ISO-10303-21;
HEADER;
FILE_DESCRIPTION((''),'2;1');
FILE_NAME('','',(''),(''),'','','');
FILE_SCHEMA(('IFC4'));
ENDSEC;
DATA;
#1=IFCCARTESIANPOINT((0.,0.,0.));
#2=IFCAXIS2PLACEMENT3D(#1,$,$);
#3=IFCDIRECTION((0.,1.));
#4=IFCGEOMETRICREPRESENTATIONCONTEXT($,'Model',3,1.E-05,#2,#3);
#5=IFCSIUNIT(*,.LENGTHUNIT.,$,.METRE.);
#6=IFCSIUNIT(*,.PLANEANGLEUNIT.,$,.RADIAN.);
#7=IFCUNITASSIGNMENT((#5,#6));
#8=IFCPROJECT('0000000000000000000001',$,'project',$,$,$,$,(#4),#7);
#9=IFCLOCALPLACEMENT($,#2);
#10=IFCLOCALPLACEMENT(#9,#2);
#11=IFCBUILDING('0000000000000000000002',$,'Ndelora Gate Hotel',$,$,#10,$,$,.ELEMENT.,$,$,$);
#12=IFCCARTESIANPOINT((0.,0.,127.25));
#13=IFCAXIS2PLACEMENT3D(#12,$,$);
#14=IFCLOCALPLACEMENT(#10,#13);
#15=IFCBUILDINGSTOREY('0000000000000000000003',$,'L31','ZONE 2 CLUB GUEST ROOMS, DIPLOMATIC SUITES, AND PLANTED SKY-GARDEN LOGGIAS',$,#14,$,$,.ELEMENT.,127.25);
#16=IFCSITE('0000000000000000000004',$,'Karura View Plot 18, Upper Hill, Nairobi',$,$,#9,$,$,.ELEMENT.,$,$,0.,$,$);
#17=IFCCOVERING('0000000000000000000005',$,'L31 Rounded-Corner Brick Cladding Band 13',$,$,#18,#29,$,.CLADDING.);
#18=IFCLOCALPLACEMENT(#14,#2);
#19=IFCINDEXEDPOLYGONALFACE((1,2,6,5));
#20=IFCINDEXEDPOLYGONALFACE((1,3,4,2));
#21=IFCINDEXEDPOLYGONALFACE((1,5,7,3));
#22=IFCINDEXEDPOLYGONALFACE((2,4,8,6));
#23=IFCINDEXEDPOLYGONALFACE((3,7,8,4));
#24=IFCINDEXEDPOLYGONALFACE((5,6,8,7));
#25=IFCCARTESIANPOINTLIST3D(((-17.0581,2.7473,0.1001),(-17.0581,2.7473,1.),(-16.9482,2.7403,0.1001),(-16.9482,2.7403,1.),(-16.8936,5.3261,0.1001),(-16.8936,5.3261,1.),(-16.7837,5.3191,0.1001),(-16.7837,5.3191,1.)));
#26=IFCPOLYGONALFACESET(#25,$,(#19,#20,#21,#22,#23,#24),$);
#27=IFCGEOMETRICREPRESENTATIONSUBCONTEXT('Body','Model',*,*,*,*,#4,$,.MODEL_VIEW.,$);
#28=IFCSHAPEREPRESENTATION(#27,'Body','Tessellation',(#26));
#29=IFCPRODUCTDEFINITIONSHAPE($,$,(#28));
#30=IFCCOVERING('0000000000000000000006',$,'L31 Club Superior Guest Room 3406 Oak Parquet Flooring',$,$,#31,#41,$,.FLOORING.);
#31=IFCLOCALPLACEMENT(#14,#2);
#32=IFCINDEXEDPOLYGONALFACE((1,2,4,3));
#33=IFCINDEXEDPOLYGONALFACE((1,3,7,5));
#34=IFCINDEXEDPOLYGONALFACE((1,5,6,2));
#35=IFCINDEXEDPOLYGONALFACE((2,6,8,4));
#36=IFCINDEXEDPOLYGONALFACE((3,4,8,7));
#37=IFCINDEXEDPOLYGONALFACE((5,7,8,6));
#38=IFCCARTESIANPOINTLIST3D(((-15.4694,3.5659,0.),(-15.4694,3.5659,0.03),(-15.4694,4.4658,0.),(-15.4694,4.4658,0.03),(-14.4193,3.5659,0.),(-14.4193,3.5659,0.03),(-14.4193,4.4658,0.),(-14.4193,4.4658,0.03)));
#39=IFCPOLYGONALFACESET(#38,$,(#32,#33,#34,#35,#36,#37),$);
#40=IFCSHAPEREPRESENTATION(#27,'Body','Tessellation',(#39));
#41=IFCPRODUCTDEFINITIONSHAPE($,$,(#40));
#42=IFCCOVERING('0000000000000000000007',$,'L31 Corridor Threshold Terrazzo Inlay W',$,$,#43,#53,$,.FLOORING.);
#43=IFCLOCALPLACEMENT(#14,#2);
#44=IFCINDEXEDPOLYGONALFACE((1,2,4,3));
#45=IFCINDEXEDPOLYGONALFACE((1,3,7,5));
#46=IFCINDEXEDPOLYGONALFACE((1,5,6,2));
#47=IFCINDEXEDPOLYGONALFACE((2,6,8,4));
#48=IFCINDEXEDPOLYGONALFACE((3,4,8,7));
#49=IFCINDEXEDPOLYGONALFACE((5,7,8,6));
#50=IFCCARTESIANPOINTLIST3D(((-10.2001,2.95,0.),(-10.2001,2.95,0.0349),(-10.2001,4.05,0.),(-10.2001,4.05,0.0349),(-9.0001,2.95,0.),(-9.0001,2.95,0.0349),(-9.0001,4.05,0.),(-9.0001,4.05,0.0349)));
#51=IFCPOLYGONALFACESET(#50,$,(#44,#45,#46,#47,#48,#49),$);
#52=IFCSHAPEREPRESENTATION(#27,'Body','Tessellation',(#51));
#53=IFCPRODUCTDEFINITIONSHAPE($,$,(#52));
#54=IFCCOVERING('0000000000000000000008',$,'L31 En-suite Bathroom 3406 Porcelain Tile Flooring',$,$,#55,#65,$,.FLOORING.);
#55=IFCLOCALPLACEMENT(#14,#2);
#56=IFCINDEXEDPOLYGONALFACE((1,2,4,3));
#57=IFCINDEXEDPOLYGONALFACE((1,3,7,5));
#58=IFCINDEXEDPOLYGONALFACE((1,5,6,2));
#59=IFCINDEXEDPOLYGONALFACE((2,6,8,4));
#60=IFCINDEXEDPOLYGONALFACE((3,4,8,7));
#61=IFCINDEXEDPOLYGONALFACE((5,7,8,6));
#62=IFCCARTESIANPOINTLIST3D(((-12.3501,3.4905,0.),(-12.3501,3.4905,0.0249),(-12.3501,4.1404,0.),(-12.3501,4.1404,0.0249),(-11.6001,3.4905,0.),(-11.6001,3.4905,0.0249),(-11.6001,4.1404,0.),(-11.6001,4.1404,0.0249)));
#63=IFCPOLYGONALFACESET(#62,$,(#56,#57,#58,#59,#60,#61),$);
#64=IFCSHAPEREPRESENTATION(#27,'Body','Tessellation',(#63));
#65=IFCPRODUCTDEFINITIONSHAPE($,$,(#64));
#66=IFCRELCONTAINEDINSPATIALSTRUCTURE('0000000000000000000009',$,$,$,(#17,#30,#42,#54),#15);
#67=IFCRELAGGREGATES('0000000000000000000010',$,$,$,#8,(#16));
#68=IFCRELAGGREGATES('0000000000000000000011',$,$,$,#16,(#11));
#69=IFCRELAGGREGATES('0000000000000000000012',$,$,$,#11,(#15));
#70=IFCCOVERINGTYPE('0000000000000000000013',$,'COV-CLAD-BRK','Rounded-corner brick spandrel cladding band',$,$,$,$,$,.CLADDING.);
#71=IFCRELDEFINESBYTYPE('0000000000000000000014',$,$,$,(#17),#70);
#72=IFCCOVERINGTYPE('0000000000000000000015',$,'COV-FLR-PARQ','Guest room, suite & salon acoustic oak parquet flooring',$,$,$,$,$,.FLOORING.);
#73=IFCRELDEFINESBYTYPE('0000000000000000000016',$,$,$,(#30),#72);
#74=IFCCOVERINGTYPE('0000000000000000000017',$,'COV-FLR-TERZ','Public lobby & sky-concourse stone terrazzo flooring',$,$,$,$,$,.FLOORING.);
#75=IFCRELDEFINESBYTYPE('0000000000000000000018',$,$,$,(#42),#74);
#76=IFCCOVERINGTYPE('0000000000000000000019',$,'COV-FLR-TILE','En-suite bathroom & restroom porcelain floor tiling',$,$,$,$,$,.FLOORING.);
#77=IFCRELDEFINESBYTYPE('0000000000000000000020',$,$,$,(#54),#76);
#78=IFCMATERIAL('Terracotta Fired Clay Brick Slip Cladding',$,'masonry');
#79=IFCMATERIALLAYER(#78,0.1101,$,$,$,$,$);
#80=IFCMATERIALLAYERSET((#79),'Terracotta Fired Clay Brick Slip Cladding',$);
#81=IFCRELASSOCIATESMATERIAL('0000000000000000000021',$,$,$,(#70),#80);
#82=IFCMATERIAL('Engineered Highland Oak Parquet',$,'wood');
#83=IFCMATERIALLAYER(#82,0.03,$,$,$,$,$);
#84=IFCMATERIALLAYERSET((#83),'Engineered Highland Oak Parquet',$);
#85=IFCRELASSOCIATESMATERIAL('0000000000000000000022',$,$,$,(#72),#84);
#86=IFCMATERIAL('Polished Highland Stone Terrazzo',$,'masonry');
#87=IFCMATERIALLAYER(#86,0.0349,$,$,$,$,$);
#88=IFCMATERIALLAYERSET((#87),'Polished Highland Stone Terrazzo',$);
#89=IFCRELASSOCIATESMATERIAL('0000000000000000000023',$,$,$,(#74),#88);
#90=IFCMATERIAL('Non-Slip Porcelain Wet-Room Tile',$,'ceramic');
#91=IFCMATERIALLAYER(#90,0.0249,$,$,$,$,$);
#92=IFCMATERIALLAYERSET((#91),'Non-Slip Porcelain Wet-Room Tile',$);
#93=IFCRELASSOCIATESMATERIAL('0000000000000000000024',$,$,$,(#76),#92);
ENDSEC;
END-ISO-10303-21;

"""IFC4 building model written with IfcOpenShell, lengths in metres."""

from ifc_helpers import new_model, si_unit, direction, frame, origin, origin_2d, place, context, subcontext, project, spatial, rectangle, extrude, material, layer, layer_set, type_object, element, save


model = new_model("IFC4")

# Units and contexts
model_context = context("Model", 3, precision=1e-05, world=origin(), true_north=direction((0.0, 1.0)))
body_context = subcontext(model_context, "Body", "Model", "MODEL_VIEW")
ifc_project = project(units=[si_unit("LENGTHUNIT", "METRE"), si_unit("PLANEANGLEUNIT", "RADIAN")], contexts=[model_context])

# Site, building, storey
site_placement = place(None, origin())
site = spatial("IfcSite", under=ifc_project, at=site_placement, Name="Karura View Plot 18, Upper Hill, Nairobi", CompositionType="ELEMENT", RefElevation=0.0)
building_placement = place(site_placement, origin())
building = spatial("IfcBuilding", under=site, at=building_placement, Name="Ndelora Gate Hotel", CompositionType="ELEMENT")
storey_placement = place(building_placement, frame((0.0, 0.0, 127.25)))
storey = spatial("IfcBuildingStorey", under=building, at=storey_placement, Name="L31", Description="ZONE 2 CLUB GUEST ROOMS, DIPLOMATIC SUITES, AND PLANTED SKY-GARDEN LOGGIAS", CompositionType="ELEMENT", Elevation=127.25)

# Coverings
ifc_material_1 = material(Name="Terracotta Fired Clay Brick Slip Cladding", Category="masonry")
ifc_layer_1 = layer(ifc_material_1, 0.1101)
ifc_layer_set_1 = layer_set([ifc_layer_1], Name="Terracotta Fired Clay Brick Slip Cladding")
covering_type_1 = type_object("IfcCoveringType", Name="COV-CLAD-BRK", Description="Rounded-corner brick spandrel cladding band", PredefinedType="CLADDING", material=ifc_layer_set_1)
covering_1_placement = place(storey_placement, frame((-16.9209, 4.0332, 0.1001), z_axis=(0.0, 0.0, 1.0), x_axis=(0.063661, 0.997972, 0.0)))
element("IfcCovering", 1, at=covering_1_placement, inside=storey, type_object=covering_type_1, Name="L31 Rounded-Corner Brick Cladding Band 13", PredefinedType="CLADDING", context=body_context, shape_type="SweptSolid", body=[
    extrude(rectangle(XDim=2.584, YDim=0.1101, at=origin_2d()), origin(), (0.0, 0.0, 1.0), 0.8999),
])
ifc_material_2 = material(Name="Engineered Highland Oak Parquet", Category="wood")
ifc_layer_2 = layer(ifc_material_2, 0.03)
ifc_layer_set_2 = layer_set([ifc_layer_2], Name="Engineered Highland Oak Parquet")
covering_type_2 = type_object("IfcCoveringType", Name="COV-FLR-PARQ", Description="Guest room, suite & salon acoustic oak parquet flooring", PredefinedType="FLOORING", material=ifc_layer_set_2)
covering_2_placement = place(storey_placement, frame((-14.9443, 4.0159, 0.0), z_axis=(0.0, 0.0, 1.0), x_axis=(1.0, 0.0, 0.0)))
element("IfcCovering", 2, at=covering_2_placement, inside=storey, type_object=covering_type_2, Name="L31 Club Superior Guest Room 3406 Oak Parquet Flooring", PredefinedType="FLOORING", context=body_context, shape_type="SweptSolid", body=[
    extrude(rectangle(XDim=1.05, YDim=0.8999, at=origin_2d()), origin(), (0.0, 0.0, 1.0), 0.03),
])
ifc_material_3 = material(Name="Polished Highland Stone Terrazzo", Category="masonry")
ifc_layer_3 = layer(ifc_material_3, 0.0349)
ifc_layer_set_3 = layer_set([ifc_layer_3], Name="Polished Highland Stone Terrazzo")
covering_type_3 = type_object("IfcCoveringType", Name="COV-FLR-TERZ", Description="Public lobby & sky-concourse stone terrazzo flooring", PredefinedType="FLOORING", material=ifc_layer_set_3)
covering_3_placement = place(storey_placement, frame((-9.6001, 3.5, 0.0), z_axis=(0.0, 0.0, 1.0), x_axis=(1.0, 0.0, 0.0)))
element("IfcCovering", 3, at=covering_3_placement, inside=storey, type_object=covering_type_3, Name="L31 Corridor Threshold Terrazzo Inlay W", PredefinedType="FLOORING", context=body_context, shape_type="SweptSolid", body=[
    extrude(rectangle(XDim=1.2, YDim=1.1001, at=origin_2d()), origin(), (0.0, 0.0, 1.0), 0.0349),
])
ifc_material_4 = material(Name="Non-Slip Porcelain Wet-Room Tile", Category="ceramic")
ifc_layer_4 = layer(ifc_material_4, 0.0249)
ifc_layer_set_4 = layer_set([ifc_layer_4], Name="Non-Slip Porcelain Wet-Room Tile")
covering_type_4 = type_object("IfcCoveringType", Name="COV-FLR-TILE", Description="En-suite bathroom & restroom porcelain floor tiling", PredefinedType="FLOORING", material=ifc_layer_set_4)
covering_4_placement = place(storey_placement, frame((-11.9751, 3.8154, 0.0), z_axis=(0.0, 0.0, 1.0), x_axis=(1.0, 0.0, 0.0)))
element("IfcCovering", 4, at=covering_4_placement, inside=storey, type_object=covering_type_4, Name="L31 En-suite Bathroom 3406 Porcelain Tile Flooring", PredefinedType="FLOORING", context=body_context, shape_type="SweptSolid", body=[
    extrude(rectangle(XDim=0.75, YDim=0.6499, at=origin_2d()), origin(), (0.0, 0.0, 1.0), 0.0249),
])

save(model, "model.ifc")
